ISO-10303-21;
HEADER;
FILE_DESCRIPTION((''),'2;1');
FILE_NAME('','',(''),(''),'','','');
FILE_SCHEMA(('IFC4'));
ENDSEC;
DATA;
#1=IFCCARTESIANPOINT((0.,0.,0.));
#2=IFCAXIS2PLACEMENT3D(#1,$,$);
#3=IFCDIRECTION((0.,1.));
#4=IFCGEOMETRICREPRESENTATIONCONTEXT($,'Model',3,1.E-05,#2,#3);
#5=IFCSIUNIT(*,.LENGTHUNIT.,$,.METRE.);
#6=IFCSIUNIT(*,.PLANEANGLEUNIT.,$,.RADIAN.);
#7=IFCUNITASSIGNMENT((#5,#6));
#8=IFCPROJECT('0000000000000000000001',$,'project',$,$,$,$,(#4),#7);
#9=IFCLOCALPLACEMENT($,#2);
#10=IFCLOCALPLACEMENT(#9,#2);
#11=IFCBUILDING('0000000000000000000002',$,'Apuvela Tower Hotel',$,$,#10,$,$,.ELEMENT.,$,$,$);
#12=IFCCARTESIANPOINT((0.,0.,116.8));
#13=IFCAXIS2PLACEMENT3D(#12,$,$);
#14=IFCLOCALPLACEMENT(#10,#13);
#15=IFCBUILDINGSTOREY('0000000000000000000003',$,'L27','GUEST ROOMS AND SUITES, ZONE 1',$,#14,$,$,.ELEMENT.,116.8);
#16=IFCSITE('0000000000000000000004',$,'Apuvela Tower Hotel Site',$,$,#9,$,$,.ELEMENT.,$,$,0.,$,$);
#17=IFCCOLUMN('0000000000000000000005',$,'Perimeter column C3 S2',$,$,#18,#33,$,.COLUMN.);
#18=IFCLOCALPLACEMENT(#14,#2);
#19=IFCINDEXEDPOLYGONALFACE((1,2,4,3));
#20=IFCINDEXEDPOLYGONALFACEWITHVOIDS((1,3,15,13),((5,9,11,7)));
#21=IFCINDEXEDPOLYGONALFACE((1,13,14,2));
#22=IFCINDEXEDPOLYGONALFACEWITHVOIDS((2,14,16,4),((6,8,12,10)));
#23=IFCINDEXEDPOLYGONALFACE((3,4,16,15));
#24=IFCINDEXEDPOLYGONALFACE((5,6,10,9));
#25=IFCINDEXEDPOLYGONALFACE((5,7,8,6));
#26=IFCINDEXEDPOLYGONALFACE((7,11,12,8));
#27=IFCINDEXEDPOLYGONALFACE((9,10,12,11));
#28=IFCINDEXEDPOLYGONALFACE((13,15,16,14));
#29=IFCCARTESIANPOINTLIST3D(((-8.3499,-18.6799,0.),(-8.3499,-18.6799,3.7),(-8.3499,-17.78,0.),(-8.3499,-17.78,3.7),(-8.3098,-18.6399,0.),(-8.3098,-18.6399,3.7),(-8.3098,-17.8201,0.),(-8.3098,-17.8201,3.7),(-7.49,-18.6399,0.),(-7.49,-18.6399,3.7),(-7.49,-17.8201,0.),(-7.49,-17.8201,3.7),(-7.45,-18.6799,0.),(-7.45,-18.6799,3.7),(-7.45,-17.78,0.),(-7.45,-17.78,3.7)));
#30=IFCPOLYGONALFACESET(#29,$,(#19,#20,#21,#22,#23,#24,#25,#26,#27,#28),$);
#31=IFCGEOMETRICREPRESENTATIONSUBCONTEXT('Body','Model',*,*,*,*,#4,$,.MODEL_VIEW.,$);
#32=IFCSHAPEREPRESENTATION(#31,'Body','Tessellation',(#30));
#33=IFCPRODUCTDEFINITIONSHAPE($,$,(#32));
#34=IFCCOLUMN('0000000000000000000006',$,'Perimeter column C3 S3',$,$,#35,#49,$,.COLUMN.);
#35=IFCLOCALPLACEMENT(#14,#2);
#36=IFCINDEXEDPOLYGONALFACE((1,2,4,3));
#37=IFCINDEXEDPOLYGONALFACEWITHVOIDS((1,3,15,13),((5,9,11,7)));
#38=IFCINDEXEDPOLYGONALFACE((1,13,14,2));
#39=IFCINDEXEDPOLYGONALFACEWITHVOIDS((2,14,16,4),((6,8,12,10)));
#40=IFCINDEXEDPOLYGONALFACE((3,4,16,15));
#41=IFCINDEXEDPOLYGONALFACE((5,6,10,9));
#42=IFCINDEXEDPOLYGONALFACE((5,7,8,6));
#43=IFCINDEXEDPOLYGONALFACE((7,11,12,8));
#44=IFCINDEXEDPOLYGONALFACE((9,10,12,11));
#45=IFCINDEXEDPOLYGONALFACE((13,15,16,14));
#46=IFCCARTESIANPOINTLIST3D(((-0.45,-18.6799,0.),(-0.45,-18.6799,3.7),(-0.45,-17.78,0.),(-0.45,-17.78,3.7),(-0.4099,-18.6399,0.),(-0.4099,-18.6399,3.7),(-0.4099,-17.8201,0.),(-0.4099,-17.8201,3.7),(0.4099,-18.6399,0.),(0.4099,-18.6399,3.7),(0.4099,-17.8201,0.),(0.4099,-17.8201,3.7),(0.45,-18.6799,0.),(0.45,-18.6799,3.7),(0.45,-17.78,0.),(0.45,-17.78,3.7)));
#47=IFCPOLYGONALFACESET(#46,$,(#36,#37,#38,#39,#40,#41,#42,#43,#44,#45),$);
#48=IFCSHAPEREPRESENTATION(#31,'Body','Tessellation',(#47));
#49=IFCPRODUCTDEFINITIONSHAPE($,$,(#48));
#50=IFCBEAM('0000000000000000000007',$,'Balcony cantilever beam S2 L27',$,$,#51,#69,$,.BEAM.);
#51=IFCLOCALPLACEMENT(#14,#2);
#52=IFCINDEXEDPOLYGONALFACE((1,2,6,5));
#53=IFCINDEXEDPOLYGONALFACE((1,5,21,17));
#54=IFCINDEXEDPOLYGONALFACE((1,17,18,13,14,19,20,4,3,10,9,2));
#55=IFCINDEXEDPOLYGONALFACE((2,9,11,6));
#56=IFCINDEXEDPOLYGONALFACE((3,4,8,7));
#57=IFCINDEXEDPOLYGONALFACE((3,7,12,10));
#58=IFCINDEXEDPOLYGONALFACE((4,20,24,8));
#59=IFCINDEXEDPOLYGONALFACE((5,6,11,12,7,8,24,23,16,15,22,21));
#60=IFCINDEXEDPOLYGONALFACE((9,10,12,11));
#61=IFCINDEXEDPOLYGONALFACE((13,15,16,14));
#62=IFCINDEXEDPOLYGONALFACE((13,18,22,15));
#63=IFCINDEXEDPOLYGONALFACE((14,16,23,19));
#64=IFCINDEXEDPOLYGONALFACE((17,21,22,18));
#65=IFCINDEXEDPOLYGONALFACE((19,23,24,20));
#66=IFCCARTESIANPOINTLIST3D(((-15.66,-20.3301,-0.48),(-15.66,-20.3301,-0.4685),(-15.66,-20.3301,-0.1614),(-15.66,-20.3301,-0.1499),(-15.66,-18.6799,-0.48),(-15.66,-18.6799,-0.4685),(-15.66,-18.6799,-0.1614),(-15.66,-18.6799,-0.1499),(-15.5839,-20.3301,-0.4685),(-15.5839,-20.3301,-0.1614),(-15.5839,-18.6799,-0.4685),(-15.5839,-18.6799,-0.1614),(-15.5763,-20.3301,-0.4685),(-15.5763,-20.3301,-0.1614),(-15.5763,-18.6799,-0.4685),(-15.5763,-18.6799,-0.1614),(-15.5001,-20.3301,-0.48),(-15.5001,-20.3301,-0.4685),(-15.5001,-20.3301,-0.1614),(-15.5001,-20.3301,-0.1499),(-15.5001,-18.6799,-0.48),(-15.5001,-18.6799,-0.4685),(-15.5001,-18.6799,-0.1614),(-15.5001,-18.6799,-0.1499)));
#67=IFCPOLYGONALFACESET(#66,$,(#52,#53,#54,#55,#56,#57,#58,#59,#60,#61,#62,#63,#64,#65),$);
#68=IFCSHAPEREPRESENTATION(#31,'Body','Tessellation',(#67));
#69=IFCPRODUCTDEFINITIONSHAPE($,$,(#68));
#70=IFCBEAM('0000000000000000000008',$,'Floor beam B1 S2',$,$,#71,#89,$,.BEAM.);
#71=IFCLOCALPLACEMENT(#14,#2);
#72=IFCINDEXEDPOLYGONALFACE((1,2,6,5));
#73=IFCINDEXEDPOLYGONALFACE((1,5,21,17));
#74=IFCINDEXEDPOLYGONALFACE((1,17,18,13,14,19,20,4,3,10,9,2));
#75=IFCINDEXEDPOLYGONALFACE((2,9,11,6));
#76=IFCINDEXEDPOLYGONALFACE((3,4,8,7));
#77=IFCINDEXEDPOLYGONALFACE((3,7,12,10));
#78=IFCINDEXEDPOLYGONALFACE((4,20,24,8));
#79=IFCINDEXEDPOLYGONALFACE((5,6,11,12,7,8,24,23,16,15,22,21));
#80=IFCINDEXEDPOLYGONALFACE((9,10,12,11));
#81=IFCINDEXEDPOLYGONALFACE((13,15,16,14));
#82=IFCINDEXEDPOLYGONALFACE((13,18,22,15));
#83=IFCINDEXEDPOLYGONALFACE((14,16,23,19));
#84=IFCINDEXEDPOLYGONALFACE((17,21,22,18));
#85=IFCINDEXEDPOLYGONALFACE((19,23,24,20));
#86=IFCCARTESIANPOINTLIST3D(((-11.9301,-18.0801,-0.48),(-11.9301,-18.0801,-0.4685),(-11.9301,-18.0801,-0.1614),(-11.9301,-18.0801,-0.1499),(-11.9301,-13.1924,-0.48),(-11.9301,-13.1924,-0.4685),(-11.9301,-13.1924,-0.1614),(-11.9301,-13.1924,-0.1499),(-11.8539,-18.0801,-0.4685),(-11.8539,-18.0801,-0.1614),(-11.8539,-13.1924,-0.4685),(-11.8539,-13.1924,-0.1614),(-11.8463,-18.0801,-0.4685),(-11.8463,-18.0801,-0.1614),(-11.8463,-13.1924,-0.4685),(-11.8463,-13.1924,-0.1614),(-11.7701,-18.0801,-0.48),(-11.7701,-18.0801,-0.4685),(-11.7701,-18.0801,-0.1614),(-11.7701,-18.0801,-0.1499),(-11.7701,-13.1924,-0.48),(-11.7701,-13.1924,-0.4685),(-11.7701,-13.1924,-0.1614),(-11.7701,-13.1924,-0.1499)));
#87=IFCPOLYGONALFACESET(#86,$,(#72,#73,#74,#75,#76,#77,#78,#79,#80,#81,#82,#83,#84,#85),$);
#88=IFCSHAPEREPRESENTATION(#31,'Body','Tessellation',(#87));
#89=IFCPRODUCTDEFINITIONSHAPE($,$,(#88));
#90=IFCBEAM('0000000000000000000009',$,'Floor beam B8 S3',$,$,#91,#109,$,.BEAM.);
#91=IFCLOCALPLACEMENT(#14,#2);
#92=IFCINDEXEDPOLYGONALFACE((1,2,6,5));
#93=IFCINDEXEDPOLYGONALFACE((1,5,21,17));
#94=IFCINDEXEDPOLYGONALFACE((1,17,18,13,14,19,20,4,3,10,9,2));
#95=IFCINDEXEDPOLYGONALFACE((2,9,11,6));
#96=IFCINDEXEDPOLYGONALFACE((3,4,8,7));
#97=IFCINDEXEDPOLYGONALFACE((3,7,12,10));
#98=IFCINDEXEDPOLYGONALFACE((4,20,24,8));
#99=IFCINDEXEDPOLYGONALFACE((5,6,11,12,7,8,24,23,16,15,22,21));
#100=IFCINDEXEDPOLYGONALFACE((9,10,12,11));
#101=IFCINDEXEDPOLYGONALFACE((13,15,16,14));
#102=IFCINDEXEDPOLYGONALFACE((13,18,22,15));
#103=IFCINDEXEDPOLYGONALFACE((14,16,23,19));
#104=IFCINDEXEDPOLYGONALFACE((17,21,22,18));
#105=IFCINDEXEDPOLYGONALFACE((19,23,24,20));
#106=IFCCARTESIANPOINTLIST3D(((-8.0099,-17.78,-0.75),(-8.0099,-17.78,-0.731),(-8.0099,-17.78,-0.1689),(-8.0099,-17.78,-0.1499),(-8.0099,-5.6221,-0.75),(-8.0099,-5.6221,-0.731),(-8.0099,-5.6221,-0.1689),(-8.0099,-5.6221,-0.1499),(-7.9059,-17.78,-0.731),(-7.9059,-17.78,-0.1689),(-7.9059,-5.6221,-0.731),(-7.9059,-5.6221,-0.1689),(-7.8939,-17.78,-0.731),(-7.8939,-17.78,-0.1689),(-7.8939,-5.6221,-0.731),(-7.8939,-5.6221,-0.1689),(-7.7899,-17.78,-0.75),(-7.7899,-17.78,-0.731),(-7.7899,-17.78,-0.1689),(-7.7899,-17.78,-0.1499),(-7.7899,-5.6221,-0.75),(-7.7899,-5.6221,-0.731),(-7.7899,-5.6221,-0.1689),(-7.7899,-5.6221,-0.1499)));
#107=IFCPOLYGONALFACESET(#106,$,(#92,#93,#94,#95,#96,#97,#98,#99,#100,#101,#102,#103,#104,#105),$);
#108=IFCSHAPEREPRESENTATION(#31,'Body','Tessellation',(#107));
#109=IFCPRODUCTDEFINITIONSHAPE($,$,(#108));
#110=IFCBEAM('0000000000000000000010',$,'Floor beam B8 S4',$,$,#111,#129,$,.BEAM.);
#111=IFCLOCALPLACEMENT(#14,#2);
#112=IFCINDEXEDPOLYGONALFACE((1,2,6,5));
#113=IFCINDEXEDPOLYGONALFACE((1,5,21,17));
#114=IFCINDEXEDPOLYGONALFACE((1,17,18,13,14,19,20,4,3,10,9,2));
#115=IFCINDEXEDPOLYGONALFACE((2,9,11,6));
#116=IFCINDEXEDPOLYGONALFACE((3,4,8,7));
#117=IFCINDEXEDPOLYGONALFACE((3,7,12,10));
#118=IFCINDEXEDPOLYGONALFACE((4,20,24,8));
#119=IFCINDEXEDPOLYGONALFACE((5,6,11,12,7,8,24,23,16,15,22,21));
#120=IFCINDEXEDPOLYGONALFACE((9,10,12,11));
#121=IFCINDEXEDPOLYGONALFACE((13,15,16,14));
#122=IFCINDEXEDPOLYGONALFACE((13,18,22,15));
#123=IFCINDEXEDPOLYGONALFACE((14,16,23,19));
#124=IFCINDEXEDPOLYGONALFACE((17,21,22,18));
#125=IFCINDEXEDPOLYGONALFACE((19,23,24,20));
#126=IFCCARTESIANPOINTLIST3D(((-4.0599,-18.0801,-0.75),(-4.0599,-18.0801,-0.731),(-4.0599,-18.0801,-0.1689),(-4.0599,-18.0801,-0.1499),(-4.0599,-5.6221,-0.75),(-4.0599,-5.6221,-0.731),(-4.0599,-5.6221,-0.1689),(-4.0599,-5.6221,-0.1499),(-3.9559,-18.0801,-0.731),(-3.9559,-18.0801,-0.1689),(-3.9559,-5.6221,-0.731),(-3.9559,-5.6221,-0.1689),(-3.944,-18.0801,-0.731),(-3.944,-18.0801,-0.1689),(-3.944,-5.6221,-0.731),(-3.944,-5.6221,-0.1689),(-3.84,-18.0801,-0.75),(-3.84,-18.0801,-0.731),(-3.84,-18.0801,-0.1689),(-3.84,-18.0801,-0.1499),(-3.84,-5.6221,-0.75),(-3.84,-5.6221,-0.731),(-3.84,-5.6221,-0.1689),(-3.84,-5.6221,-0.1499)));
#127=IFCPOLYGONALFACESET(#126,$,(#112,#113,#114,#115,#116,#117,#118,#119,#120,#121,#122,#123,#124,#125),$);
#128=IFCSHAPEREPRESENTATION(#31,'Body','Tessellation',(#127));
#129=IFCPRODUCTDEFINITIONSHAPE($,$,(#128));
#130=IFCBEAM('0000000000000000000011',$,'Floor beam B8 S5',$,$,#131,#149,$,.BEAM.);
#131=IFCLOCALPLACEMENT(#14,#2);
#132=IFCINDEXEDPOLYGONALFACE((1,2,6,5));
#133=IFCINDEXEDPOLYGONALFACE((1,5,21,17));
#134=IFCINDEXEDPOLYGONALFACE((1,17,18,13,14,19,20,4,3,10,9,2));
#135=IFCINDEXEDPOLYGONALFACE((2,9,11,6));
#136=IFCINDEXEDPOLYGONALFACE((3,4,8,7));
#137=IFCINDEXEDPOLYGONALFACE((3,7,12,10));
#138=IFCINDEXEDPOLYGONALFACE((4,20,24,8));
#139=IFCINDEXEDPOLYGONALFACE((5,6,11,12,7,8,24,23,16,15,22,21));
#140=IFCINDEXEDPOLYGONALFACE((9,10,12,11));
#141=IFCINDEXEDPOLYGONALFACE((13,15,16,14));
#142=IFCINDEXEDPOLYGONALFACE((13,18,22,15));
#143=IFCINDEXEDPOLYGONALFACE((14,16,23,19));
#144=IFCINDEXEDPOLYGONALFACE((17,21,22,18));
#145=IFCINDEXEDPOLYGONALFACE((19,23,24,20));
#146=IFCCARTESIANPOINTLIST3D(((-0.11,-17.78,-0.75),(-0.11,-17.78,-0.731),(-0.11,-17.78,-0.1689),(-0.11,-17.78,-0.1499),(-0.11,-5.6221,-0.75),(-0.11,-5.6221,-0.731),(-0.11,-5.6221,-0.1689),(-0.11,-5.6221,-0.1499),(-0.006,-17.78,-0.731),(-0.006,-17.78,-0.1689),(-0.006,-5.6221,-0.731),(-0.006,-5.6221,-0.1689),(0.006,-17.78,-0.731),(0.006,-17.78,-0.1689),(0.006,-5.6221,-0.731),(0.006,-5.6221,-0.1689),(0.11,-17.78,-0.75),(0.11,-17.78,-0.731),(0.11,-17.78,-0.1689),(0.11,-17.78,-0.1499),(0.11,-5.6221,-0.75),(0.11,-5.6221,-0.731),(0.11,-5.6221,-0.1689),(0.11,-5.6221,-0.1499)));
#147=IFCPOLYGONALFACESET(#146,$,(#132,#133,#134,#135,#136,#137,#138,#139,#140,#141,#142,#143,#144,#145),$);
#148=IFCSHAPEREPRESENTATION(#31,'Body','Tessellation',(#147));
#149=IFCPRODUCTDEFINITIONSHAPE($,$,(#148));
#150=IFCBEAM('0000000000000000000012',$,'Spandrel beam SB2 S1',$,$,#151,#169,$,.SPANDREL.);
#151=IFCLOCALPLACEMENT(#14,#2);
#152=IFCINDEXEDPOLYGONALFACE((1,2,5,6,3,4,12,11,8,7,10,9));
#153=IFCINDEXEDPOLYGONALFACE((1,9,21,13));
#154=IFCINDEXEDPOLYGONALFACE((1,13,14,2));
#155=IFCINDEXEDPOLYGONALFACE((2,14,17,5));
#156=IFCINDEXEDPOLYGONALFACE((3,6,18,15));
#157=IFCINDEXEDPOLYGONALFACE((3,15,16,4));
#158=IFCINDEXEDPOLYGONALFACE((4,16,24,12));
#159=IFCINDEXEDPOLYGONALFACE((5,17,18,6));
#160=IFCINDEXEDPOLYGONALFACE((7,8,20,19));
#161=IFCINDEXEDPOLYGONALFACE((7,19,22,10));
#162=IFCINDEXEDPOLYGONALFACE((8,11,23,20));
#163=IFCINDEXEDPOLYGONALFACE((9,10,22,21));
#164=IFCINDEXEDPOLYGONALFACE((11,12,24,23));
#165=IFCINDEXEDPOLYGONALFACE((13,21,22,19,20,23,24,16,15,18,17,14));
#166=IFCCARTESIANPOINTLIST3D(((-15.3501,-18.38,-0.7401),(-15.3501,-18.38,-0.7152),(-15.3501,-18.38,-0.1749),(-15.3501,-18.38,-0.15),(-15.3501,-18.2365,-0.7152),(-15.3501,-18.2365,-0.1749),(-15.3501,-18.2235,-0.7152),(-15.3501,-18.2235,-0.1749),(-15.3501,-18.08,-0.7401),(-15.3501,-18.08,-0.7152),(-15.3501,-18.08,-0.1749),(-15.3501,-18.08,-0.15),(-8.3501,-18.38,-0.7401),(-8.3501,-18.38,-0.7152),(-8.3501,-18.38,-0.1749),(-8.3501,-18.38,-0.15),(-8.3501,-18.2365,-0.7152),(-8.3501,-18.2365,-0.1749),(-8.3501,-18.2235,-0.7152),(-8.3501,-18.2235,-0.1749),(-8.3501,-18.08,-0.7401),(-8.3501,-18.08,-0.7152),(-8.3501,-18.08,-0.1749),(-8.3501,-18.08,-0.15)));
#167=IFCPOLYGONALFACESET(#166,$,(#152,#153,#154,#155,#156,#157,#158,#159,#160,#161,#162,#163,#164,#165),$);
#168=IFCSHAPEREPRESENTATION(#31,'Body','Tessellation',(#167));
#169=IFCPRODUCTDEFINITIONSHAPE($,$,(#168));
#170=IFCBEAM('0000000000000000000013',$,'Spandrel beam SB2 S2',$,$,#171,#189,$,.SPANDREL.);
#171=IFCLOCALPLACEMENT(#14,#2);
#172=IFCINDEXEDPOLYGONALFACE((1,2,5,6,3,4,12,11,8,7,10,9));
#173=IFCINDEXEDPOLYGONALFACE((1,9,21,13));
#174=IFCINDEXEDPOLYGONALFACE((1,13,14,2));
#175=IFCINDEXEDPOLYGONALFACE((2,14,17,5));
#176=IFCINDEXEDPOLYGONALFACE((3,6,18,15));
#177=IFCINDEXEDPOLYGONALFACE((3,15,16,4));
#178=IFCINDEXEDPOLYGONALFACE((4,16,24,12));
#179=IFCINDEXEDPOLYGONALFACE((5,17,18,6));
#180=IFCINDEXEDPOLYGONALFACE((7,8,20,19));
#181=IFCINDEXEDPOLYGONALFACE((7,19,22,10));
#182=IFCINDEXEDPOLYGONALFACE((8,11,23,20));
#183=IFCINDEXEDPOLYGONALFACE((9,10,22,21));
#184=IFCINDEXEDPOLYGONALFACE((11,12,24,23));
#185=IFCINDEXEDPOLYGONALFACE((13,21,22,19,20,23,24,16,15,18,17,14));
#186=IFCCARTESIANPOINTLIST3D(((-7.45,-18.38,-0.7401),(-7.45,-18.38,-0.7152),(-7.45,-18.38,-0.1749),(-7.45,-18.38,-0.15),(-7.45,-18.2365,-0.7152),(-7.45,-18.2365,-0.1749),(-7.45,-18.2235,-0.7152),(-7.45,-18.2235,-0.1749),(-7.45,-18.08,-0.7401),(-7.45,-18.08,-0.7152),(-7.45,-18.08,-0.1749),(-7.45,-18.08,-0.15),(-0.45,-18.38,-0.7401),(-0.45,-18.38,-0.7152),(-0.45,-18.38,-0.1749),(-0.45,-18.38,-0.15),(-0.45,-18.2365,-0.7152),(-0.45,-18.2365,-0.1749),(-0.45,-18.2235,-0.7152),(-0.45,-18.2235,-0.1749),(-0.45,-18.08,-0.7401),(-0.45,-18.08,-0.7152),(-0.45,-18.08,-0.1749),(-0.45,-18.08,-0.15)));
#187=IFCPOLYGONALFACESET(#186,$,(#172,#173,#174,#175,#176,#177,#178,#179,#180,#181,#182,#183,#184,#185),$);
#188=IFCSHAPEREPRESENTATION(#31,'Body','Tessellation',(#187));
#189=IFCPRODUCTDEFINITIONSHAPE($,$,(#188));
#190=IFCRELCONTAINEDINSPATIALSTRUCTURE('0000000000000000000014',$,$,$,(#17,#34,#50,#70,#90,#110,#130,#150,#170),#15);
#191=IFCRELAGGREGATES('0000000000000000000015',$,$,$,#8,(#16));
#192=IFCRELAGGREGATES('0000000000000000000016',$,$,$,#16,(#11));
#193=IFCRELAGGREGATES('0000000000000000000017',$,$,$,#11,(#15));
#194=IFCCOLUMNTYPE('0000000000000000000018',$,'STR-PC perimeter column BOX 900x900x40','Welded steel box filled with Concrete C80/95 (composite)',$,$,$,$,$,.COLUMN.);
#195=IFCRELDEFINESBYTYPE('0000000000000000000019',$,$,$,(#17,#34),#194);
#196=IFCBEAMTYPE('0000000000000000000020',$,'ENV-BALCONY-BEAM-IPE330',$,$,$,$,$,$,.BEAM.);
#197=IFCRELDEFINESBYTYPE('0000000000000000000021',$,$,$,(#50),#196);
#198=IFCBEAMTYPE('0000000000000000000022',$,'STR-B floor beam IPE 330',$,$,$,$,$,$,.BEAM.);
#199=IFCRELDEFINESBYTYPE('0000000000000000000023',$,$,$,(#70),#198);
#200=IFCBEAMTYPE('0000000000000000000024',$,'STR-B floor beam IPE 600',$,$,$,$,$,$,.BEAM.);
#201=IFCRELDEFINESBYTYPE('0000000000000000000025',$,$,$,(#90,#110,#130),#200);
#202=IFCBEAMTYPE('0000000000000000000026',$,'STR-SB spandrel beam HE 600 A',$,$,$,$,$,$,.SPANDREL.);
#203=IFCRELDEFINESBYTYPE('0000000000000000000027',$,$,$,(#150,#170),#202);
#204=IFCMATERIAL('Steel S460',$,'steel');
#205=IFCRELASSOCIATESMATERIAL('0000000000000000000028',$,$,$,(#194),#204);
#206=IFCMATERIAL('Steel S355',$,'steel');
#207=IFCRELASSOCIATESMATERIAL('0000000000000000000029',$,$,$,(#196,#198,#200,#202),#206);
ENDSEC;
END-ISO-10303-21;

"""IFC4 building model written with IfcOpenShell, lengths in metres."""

from ifc_helpers import new_model, si_unit, direction, frame, origin, origin_2d, place, context, subcontext, project, spatial, rectangle, hollow_rectangle, i_section, extrude, material, material_profile, profile_set, type_object, element, save


model = new_model("IFC4")

# Units and contexts
model_context = context("Model", 3, precision=1e-05, world=origin(), true_north=direction((0.0, 1.0)))
body_context = subcontext(model_context, "Body", "Model", "MODEL_VIEW")
ifc_project = project(units=[si_unit("LENGTHUNIT", "METRE"), si_unit("PLANEANGLEUNIT", "RADIAN")], contexts=[model_context])

# Site, building, storey
site_placement = place(None, origin())
site = spatial("IfcSite", under=ifc_project, at=site_placement, Name="Apuvela Tower Hotel Site", CompositionType="ELEMENT", RefElevation=0.0)
building_placement = place(site_placement, origin())
building = spatial("IfcBuilding", under=site, at=building_placement, Name="Apuvela Tower Hotel", CompositionType="ELEMENT")
storey_placement = place(building_placement, frame((0.0, 0.0, 116.8)))
storey = spatial("IfcBuildingStorey", under=building, at=storey_placement, Name="L27", Description="GUEST ROOMS AND SUITES, ZONE 1", CompositionType="ELEMENT", Elevation=116.8)

# Columns
ifc_material_1 = material(Name="Steel S460", Category="steel")
ifc_material_profile_1 = material_profile(ifc_material_1, hollow_rectangle(XDim=0.8999, YDim=0.8999, WallThickness=0.04, at=origin_2d()), Name="BOX 900x900x40")
ifc_material_2 = material(Name="Concrete C80/95", Category="concrete")
ifc_material_profile_2 = material_profile(ifc_material_2, rectangle(XDim=0.8201, YDim=0.8201, at=origin_2d()), Name="Concrete C80/95 infill")
ifc_profile_set_1 = profile_set([ifc_material_profile_1, ifc_material_profile_2], Name="Steel S460")
column_type = type_object("IfcColumnType", Name="STR-PC perimeter column BOX 900x900x40", Description="Welded steel box filled with Concrete C80/95 (composite)", PredefinedType="COLUMN", material=ifc_profile_set_1)
for number, where, z_axis, x_axis, name in (
    (1, (-7.8999, -18.23, 0.0), (0.0, 0.0, 1.0), (-1.0, 0.0, 0.0), "Perimeter column C3 S2"),
    (2, (0.0, -18.23, 0.0), (0.0, 0.0, 1.0), (-1.0, 0.0, 0.0), "Perimeter column C3 S3"),
):
    element("IfcColumn", number, at=place(storey_placement, frame(where, z_axis=z_axis, x_axis=x_axis)), inside=storey, type_object=column_type, Name=name, PredefinedType="COLUMN", context=body_context, shape_type="SweptSolid", body=[
        extrude(hollow_rectangle(XDim=0.8999, YDim=0.8999, WallThickness=0.04, at=origin_2d()), origin(), (0.0, 0.0, 1.0), 3.7),
    ])

# Beams
ifc_material_3 = material(Name="Steel S355", Category="steel")
ifc_material_profile_3 = material_profile(ifc_material_3, i_section(OverallWidth=0.1599, OverallDepth=0.3301, WebThickness=0.0076, FlangeThickness=0.0115, at=origin_2d()), Name="IPE 330")
ifc_profile_set_2 = profile_set([ifc_material_profile_3], Name="Steel S355")
beam_type_1 = type_object("IfcBeamType", Name="ENV-BALCONY-BEAM-IPE330", PredefinedType="BEAM", material=ifc_profile_set_2)
beam_1_placement = place(storey_placement, frame((-15.5801, -18.6799, -0.3149), z_axis=(0.0, -1.0, 0.0), x_axis=(1.0, 0.0, 0.0)))
element("IfcBeam", 3, at=beam_1_placement, inside=storey, type_object=beam_type_1, Name="Balcony cantilever beam S2 L27", PredefinedType="BEAM", context=body_context, shape_type="SweptSolid", body=[
    extrude(i_section(OverallWidth=0.1599, OverallDepth=0.3301, WebThickness=0.0076, FlangeThickness=0.0115, at=origin_2d()), origin(), (0.0, 0.0, 1.0), 1.6501),
])
ifc_material_profile_4 = material_profile(ifc_material_3, i_section(OverallWidth=0.1599, OverallDepth=0.3301, WebThickness=0.0076, FlangeThickness=0.0115, at=origin_2d()), Name="IPE 330")
ifc_profile_set_3 = profile_set([ifc_material_profile_4], Name="Steel S355")
beam_type_2 = type_object("IfcBeamType", Name="STR-B floor beam IPE 330", PredefinedType="BEAM", material=ifc_profile_set_3)
beam_2_placement = place(storey_placement, frame((-11.8501, -18.0801, -0.3149), z_axis=(0.0, 1.0, 0.0), x_axis=(-1.0, 0.0, 0.0)))
element("IfcBeam", 4, at=beam_2_placement, inside=storey, type_object=beam_type_2, Name="Floor beam B1 S2", PredefinedType="BEAM", context=body_context, shape_type="SweptSolid", body=[
    extrude(i_section(OverallWidth=0.1599, OverallDepth=0.3301, WebThickness=0.0076, FlangeThickness=0.0115, at=origin_2d()), origin(), (0.0, 0.0, 1.0), 4.8877),
])
ifc_material_profile_5 = material_profile(ifc_material_3, i_section(OverallWidth=0.22, OverallDepth=0.6001, WebThickness=0.012, FlangeThickness=0.019, at=origin_2d()), Name="IPE 600")
ifc_profile_set_4 = profile_set([ifc_material_profile_5], Name="Steel S355")
beam_type_3 = type_object("IfcBeamType", Name="STR-B floor beam IPE 600", PredefinedType="BEAM", material=ifc_profile_set_4)
beam_3_placement = place(storey_placement, frame((-7.8999, -17.78, -0.45), z_axis=(0.0, 1.0, 0.0), x_axis=(-1.0, 0.0, 0.0)))
element("IfcBeam", 5, at=beam_3_placement, inside=storey, type_object=beam_type_3, Name="Floor beam B8 S3", PredefinedType="BEAM", context=body_context, shape_type="SweptSolid", body=[
    extrude(i_section(OverallWidth=0.22, OverallDepth=0.6001, WebThickness=0.012, FlangeThickness=0.019, at=origin_2d()), origin(), (0.0, 0.0, 1.0), 12.158),
])
beam_4_placement = place(storey_placement, frame((-3.95, -18.0801, -0.45), z_axis=(0.0, 1.0, 0.0), x_axis=(-1.0, 0.0, 0.0)))
element("IfcBeam", 6, at=beam_4_placement, inside=storey, type_object=beam_type_3, Name="Floor beam B8 S4", PredefinedType="BEAM", context=body_context, shape_type="SweptSolid", body=[
    extrude(i_section(OverallWidth=0.22, OverallDepth=0.6001, WebThickness=0.012, FlangeThickness=0.019, at=origin_2d()), origin(), (0.0, 0.0, 1.0), 12.458),
])
beam_5_placement = place(storey_placement, frame((0.0, -17.78, -0.45), z_axis=(0.0, 1.0, 0.0), x_axis=(-1.0, 0.0, 0.0)))
element("IfcBeam", 7, at=beam_5_placement, inside=storey, type_object=beam_type_3, Name="Floor beam B8 S5", PredefinedType="BEAM", context=body_context, shape_type="SweptSolid", body=[
    extrude(i_section(OverallWidth=0.22, OverallDepth=0.6001, WebThickness=0.012, FlangeThickness=0.019, at=origin_2d()), origin(), (0.0, 0.0, 1.0), 12.158),
])
ifc_material_profile_6 = material_profile(ifc_material_3, i_section(OverallWidth=0.3, OverallDepth=0.5901, WebThickness=0.0129, FlangeThickness=0.0249, at=origin_2d()), Name="HE 600 A")
ifc_profile_set_5 = profile_set([ifc_material_profile_6], Name="Steel S355")
beam_type_4 = type_object("IfcBeamType", Name="STR-SB spandrel beam HE 600 A", PredefinedType="SPANDREL", material=ifc_profile_set_5)
for number, where, z_axis, x_axis, name in (
    (8, (-15.3501, -18.23, -0.4451), (1.0, 0.0, 0.0), (0.0, 1.0, 0.0), "Spandrel beam SB2 S1"),
    (9, (-7.45, -18.23, -0.4451), (1.0, 0.0, 0.0), (0.0, 1.0, 0.0), "Spandrel beam SB2 S2"),
):
    element("IfcBeam", number, at=place(storey_placement, frame(where, z_axis=z_axis, x_axis=x_axis)), inside=storey, type_object=beam_type_4, Name=name, PredefinedType="SPANDREL", context=body_context, shape_type="SweptSolid", body=[
        extrude(i_section(OverallWidth=0.3, OverallDepth=0.5901, WebThickness=0.0129, FlangeThickness=0.0249, at=origin_2d()), origin(), (0.0, 0.0, 1.0), 7.0),
    ])

save(model, "model.ifc")
